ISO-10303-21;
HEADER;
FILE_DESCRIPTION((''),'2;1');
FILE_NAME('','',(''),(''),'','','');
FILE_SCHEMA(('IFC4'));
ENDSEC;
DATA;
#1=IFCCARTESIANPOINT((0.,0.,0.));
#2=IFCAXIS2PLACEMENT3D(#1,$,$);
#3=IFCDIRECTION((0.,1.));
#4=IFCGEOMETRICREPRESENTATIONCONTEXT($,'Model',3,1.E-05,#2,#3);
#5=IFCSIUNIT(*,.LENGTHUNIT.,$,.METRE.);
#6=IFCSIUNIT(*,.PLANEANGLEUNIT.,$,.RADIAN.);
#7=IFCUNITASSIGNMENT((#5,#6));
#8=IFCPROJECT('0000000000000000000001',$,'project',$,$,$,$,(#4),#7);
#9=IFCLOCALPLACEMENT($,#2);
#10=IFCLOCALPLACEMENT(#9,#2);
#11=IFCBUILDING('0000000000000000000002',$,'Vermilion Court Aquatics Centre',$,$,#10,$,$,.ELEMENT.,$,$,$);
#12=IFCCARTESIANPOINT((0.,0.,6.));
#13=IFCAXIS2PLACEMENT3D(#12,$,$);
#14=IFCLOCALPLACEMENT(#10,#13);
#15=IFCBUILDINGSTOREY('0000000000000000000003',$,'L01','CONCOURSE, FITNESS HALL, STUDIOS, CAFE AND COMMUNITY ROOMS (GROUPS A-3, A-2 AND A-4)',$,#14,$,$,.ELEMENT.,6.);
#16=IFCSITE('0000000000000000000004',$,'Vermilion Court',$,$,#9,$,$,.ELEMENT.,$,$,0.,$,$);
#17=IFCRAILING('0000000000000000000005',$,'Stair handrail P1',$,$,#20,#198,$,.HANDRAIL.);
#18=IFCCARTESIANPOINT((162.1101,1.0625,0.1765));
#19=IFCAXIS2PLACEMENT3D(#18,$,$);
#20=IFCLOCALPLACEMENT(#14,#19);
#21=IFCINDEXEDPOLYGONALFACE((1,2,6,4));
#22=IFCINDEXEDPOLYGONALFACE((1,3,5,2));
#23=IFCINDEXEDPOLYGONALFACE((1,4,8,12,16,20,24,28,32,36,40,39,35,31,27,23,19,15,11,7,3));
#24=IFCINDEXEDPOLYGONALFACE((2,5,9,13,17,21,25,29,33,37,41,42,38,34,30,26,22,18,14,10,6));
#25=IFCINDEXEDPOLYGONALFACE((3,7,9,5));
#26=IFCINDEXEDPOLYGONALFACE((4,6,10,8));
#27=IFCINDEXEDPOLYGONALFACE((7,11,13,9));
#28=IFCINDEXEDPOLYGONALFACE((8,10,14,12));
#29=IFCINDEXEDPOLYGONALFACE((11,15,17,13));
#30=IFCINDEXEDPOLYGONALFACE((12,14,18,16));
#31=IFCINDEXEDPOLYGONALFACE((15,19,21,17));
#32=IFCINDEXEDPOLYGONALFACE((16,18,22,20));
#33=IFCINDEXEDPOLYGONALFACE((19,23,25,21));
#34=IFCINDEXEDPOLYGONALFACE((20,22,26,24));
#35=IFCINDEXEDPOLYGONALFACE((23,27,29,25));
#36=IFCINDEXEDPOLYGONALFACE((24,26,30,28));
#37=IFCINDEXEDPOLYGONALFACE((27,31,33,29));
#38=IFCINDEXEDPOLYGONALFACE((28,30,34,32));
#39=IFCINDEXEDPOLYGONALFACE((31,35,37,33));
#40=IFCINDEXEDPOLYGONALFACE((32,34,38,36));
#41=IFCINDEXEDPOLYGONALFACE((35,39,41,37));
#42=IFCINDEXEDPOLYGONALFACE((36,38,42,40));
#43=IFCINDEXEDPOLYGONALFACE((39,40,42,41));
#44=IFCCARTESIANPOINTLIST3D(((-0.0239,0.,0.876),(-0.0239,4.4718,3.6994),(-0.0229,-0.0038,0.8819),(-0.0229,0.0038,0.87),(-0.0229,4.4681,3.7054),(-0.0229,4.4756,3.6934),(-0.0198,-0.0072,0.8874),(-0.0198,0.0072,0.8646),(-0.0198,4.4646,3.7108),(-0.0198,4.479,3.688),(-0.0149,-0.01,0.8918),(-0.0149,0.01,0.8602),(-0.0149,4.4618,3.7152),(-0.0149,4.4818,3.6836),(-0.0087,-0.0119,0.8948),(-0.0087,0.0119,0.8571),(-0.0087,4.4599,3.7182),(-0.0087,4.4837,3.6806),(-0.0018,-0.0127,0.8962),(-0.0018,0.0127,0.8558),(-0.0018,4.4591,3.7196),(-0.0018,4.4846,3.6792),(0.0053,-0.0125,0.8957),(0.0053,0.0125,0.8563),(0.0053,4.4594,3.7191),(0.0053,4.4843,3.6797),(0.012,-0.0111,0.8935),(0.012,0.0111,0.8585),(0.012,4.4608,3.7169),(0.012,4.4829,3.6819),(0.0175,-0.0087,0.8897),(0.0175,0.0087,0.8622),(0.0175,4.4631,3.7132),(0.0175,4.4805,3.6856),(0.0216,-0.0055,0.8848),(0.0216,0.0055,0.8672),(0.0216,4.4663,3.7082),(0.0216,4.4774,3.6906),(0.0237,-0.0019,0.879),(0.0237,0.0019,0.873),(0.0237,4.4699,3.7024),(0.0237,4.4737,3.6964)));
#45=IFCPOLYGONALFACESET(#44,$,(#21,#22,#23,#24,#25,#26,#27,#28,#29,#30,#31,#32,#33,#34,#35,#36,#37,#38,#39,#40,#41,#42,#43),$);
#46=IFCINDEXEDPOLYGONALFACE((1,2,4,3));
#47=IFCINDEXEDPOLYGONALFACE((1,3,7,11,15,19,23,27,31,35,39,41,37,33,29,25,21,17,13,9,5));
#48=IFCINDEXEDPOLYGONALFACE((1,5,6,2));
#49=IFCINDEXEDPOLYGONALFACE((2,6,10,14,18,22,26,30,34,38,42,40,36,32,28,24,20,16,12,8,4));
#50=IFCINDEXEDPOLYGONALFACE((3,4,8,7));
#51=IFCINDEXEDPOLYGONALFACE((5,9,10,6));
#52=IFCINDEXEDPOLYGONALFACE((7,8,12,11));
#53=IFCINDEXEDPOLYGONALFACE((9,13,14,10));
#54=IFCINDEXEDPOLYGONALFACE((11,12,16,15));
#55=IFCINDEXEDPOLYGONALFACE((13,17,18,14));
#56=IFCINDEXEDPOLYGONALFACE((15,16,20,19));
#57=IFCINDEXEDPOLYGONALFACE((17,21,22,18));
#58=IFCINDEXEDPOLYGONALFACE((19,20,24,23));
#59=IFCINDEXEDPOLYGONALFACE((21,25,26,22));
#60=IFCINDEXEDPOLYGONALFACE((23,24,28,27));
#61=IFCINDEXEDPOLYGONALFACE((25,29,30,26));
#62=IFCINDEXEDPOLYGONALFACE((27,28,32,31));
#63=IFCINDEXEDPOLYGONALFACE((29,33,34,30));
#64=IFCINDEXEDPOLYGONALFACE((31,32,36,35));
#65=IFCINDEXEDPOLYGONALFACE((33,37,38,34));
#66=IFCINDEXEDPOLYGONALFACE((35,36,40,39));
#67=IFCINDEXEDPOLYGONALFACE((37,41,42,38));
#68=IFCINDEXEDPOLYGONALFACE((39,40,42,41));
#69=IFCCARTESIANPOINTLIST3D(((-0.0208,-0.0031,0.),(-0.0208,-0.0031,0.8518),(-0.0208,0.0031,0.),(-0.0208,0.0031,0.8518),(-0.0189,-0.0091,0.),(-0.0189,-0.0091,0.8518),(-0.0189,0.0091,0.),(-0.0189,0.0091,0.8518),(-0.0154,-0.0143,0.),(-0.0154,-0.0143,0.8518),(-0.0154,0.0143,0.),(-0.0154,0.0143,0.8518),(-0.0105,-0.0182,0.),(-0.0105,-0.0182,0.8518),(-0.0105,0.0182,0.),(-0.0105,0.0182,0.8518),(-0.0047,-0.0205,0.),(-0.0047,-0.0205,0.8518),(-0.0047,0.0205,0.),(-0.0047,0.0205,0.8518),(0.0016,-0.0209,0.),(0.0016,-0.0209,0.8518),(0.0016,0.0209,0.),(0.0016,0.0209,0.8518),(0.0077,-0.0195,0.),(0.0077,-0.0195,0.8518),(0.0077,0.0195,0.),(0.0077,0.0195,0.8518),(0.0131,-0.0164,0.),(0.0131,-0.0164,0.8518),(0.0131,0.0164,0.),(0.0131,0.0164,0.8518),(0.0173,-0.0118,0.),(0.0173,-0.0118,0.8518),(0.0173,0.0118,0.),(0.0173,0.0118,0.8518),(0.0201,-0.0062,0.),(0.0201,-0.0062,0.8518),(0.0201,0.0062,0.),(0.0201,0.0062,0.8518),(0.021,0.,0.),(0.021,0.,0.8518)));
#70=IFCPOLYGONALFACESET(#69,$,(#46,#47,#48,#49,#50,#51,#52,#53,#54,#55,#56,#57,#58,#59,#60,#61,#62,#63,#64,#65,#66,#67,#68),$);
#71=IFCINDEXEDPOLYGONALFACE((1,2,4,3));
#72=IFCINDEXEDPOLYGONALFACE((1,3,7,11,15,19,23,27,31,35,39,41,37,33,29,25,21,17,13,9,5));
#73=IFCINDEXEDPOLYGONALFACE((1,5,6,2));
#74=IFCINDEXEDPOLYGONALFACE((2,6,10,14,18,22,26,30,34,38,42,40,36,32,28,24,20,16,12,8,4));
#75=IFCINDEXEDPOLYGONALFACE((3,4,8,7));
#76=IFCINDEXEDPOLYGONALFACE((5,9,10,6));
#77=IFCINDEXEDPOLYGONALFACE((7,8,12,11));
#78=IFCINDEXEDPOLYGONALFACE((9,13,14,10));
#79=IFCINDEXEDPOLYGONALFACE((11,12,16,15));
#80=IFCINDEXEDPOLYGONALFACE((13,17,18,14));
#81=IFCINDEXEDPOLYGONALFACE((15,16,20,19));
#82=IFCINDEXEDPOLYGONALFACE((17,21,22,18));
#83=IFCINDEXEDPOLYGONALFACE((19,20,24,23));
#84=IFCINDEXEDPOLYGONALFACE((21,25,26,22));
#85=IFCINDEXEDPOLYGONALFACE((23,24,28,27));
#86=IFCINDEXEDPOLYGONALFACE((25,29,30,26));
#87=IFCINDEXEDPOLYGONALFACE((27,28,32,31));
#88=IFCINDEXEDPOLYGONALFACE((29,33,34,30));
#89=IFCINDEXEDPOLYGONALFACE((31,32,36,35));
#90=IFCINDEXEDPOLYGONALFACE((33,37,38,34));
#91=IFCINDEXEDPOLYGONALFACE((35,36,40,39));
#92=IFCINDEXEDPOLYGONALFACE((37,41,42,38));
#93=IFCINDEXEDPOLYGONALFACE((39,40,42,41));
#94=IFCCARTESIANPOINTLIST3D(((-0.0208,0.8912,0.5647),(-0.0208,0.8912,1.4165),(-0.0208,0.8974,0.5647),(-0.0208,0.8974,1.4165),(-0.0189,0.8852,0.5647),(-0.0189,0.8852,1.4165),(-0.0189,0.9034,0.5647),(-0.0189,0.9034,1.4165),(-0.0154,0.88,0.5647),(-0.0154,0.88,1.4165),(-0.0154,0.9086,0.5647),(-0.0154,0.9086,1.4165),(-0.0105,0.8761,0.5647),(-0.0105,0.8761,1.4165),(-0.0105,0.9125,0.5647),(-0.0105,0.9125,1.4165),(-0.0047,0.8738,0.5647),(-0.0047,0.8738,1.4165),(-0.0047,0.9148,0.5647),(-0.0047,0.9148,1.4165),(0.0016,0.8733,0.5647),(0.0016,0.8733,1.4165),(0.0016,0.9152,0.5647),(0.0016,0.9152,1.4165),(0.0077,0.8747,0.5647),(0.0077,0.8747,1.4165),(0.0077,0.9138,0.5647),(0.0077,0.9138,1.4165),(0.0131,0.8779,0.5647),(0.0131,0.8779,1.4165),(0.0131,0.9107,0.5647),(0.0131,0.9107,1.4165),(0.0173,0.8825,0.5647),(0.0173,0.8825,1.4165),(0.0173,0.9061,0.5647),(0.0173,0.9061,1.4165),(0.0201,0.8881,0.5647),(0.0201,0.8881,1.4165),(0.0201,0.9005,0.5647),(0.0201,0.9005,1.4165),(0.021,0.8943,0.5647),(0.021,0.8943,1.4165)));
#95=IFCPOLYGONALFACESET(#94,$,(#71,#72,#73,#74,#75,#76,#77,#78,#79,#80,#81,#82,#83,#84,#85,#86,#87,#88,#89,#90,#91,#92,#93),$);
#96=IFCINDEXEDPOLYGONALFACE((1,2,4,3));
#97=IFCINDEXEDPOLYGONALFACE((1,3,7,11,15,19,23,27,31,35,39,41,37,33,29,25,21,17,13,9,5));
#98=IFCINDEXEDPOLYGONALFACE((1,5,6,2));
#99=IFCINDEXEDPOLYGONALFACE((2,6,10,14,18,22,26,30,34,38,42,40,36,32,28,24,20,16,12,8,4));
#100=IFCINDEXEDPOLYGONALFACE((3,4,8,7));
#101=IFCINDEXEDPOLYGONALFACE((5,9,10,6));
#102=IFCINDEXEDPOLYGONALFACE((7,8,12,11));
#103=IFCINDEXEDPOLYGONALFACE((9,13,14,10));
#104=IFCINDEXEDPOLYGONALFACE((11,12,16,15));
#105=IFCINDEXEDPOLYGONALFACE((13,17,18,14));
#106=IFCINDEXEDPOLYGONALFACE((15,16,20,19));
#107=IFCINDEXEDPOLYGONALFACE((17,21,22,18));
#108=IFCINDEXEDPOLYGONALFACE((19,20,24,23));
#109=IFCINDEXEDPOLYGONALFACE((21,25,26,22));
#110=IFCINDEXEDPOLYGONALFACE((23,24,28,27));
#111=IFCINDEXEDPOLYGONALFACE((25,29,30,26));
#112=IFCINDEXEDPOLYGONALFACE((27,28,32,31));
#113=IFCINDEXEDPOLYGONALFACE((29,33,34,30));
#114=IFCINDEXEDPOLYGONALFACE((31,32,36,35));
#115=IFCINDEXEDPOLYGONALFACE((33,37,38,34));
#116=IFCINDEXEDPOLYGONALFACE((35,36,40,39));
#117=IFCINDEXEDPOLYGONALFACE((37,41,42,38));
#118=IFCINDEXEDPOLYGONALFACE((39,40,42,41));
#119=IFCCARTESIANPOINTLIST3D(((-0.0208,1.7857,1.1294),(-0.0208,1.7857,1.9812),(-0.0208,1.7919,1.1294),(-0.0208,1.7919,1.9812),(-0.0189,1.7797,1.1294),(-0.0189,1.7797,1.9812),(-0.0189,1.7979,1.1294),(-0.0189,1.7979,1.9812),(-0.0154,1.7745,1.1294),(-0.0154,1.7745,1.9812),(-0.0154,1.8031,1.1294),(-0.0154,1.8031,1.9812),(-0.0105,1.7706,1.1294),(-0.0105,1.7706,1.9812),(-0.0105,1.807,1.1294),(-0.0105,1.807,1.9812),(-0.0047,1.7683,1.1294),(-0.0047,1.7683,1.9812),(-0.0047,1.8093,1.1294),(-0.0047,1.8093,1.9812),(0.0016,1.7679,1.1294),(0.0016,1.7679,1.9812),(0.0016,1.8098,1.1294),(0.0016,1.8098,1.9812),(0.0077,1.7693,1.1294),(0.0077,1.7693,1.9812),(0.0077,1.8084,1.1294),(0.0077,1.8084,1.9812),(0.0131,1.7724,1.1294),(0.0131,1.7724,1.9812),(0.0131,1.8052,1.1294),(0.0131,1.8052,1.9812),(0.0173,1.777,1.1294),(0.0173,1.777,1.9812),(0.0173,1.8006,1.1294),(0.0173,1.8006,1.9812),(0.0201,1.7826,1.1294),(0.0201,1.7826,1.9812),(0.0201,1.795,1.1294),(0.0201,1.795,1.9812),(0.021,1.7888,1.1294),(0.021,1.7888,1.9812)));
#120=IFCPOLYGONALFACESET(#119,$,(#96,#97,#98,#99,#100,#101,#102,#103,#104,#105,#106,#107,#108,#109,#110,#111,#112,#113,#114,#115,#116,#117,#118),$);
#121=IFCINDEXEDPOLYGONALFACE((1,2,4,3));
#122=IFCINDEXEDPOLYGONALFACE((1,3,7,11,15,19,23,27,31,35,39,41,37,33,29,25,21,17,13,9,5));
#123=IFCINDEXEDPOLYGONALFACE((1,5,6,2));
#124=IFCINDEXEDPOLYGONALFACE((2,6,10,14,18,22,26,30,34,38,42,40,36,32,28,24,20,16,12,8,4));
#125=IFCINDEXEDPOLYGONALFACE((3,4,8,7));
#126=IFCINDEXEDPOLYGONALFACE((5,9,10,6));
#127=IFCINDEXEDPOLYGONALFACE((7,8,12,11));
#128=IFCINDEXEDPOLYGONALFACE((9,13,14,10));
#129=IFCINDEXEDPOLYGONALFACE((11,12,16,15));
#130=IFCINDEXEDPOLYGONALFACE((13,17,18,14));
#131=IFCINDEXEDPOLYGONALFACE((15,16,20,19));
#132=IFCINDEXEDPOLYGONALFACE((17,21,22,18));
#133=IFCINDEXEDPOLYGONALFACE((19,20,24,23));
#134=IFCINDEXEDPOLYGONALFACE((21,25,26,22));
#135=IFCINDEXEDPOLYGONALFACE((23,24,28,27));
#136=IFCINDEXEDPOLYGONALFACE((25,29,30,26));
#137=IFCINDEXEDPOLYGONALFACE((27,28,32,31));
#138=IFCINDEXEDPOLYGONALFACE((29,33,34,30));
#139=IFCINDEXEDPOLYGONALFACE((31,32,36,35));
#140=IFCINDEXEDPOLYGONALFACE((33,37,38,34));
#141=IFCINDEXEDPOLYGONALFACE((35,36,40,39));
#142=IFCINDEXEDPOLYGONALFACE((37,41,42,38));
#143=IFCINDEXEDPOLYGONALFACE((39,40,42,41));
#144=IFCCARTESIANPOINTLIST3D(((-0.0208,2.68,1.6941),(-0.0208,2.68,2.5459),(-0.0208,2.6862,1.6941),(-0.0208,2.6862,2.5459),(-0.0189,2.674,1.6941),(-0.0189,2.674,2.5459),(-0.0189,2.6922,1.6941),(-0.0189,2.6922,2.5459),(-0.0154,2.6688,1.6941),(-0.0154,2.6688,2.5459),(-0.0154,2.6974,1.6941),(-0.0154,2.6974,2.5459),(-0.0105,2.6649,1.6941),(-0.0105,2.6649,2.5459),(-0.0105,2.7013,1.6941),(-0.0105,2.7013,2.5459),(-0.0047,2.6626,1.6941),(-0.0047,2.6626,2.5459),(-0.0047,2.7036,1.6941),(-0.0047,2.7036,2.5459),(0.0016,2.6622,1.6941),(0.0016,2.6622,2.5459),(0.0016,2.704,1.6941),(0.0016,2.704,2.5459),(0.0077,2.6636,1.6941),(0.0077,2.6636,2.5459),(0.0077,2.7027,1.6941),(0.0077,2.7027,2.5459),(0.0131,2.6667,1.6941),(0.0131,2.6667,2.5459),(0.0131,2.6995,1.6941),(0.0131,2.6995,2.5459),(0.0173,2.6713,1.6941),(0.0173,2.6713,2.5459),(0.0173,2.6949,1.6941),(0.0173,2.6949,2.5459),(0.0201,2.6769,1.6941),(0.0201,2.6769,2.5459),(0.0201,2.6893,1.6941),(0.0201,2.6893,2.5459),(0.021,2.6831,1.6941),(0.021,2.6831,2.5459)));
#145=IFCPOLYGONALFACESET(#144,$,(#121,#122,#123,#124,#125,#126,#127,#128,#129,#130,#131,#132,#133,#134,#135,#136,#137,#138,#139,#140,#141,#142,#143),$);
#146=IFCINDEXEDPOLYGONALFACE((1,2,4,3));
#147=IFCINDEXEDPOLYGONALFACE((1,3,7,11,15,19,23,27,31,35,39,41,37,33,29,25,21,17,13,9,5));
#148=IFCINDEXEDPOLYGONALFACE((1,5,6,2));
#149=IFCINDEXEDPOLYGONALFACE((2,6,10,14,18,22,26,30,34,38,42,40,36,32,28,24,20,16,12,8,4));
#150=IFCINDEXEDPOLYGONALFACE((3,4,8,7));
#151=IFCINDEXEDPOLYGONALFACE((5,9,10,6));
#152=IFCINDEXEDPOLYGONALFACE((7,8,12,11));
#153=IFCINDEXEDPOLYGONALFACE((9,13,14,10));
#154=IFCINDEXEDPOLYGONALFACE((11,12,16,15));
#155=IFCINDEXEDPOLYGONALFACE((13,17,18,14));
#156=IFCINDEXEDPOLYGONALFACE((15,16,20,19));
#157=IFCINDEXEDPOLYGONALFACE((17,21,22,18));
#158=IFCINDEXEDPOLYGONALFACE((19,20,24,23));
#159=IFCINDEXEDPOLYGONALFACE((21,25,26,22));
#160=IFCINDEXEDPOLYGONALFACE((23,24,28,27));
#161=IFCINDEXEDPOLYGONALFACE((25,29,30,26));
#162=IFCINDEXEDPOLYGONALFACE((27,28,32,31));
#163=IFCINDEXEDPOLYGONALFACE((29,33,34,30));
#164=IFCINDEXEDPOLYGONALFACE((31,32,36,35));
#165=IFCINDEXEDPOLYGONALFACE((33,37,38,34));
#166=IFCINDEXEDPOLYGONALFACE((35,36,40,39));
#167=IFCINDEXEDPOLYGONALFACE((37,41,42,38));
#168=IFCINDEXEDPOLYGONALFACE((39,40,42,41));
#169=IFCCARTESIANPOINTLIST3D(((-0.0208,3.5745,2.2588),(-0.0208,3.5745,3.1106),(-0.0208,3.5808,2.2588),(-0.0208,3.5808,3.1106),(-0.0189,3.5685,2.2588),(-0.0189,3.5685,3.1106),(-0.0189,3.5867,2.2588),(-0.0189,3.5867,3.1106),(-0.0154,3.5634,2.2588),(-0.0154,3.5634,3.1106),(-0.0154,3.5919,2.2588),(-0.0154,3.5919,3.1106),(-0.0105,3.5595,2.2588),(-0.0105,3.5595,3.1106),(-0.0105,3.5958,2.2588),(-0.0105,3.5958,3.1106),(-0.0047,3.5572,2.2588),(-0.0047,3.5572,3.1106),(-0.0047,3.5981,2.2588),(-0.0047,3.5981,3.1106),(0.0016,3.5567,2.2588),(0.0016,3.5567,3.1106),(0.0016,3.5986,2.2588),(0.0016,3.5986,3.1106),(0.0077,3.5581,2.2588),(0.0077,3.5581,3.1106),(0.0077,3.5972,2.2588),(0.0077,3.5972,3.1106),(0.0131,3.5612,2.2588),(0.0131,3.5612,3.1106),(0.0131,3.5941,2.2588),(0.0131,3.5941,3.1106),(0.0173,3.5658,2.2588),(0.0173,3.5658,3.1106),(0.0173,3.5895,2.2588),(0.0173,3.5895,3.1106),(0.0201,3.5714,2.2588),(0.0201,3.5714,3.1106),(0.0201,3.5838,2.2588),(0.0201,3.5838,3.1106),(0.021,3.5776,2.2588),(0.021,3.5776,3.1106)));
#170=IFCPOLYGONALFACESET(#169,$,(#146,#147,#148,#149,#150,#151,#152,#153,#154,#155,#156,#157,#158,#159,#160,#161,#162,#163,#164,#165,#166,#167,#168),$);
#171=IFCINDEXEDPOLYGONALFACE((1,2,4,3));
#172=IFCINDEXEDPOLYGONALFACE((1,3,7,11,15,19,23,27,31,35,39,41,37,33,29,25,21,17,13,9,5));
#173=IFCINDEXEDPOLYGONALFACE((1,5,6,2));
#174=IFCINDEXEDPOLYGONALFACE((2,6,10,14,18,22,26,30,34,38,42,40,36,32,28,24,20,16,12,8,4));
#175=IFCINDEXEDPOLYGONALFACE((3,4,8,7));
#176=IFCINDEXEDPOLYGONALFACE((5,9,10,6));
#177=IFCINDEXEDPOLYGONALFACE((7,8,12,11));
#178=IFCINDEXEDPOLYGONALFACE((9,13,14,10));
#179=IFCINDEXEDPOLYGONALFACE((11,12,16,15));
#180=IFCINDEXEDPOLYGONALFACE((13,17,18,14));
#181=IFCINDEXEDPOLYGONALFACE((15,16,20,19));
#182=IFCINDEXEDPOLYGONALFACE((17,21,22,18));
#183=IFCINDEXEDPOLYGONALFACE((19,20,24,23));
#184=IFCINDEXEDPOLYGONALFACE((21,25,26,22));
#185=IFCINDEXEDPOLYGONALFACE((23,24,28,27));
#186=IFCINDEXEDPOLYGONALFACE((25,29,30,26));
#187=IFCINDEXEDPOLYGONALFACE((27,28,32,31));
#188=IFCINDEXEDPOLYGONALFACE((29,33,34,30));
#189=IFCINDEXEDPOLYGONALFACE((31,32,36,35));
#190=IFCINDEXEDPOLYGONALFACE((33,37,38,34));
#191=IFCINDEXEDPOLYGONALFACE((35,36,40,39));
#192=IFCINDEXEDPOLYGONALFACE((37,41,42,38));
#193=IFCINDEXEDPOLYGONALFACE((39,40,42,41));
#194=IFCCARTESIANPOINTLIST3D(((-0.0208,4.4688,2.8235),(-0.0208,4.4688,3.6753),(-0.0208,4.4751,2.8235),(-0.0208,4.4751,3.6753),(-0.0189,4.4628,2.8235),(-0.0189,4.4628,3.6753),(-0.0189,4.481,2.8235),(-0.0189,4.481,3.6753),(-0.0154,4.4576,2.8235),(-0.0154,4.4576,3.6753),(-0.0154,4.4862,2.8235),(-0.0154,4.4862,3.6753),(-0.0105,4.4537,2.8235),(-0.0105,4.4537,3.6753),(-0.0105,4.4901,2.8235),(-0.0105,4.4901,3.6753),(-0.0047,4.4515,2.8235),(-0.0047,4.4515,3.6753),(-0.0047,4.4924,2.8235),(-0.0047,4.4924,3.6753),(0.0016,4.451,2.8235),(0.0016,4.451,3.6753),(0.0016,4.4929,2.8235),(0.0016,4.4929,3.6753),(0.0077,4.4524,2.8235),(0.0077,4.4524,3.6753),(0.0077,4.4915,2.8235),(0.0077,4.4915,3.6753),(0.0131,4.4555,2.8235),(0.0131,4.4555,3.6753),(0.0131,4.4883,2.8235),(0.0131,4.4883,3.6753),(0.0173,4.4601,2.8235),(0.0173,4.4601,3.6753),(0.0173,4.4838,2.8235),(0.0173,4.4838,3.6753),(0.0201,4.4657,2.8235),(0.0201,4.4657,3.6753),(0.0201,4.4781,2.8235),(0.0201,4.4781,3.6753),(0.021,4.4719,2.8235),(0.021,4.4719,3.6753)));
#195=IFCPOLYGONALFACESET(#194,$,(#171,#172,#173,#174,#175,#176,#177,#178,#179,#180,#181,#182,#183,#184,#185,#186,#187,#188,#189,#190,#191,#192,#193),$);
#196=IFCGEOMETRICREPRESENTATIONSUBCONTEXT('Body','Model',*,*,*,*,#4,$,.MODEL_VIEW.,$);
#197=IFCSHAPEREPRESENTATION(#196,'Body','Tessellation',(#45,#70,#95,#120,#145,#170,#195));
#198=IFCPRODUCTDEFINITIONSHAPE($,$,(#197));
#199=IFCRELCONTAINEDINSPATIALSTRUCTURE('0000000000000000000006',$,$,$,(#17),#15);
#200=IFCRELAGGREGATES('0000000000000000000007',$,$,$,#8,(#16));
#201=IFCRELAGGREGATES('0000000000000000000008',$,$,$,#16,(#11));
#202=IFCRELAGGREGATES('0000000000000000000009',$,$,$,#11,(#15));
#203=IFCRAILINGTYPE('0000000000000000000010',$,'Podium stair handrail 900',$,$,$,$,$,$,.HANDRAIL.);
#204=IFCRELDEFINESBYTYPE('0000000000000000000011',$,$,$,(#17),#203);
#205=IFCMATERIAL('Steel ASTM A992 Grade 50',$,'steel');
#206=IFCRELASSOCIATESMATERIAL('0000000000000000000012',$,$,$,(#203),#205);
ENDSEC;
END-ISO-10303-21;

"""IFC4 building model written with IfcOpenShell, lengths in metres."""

from ifc_helpers import new_model, si_unit, direction, frame, origin, origin_2d, place, context, subcontext, project, spatial, circle, extrude, material, type_object, element, save


model = new_model("IFC4")

# Units and contexts
model_context = context("Model", 3, precision=1e-05, world=origin(), true_north=direction((0.0, 1.0)))
body_context = subcontext(model_context, "Body", "Model", "MODEL_VIEW")
ifc_project = project(units=[si_unit("LENGTHUNIT", "METRE"), si_unit("PLANEANGLEUNIT", "RADIAN")], contexts=[model_context])

# Site, building, storey
site_placement = place(None, origin())
site = spatial("IfcSite", under=ifc_project, at=site_placement, Name="Vermilion Court", CompositionType="ELEMENT", RefElevation=0.0)
building_placement = place(site_placement, origin())
building = spatial("IfcBuilding", under=site, at=building_placement, Name="Vermilion Court Aquatics Centre", CompositionType="ELEMENT")
storey_placement = place(building_placement, frame((0.0, 0.0, 6.0)))
storey = spatial("IfcBuildingStorey", under=building, at=storey_placement, Name="L01", Description="CONCOURSE, FITNESS HALL, STUDIOS, CAFE AND COMMUNITY ROOMS (GROUPS A-3, A-2 AND A-4)", CompositionType="ELEMENT", Elevation=6.0)

# Railing
ifc_material_1 = material(Name="Steel ASTM A992 Grade 50", Category="steel")
railing_type_1 = type_object("IfcRailingType", Name="Podium stair handrail 900", PredefinedType="HANDRAIL", material=ifc_material_1)
for number, where, name in (
    (1, (162.1101, 1.0625, 0.1765), "Stair handrail P1"),
):
    element("IfcRailing", number, at=place(storey_placement, frame(where)), inside=storey, type_object=railing_type_1, Name=name, PredefinedType="HANDRAIL", context=body_context, shape_type="SweptSolid", body=[
        extrude(circle(Radius=0.0239, at=origin_2d()), frame((0.0, 0.0, 0.876), z_axis=(0.0, 0.845565, 0.533873), x_axis=(-1.0, 0.0, 0.0)), (0.0, 0.0, 1.0), 5.2886),
        extrude(circle(Radius=0.021, at=origin_2d()), origin(), (0.0, 0.0, 1.0), 0.8518),
        extrude(circle(Radius=0.021, at=origin_2d()), frame((0.0, 0.8943, 0.5647)), (0.0, 0.0, 1.0), 0.8518),
        extrude(circle(Radius=0.021, at=origin_2d()), frame((0.0, 1.7888, 1.1294)), (0.0, 0.0, 1.0), 0.8518),
        extrude(circle(Radius=0.021, at=origin_2d()), frame((0.0, 2.6831, 1.6941)), (0.0, 0.0, 1.0), 0.8518),
        extrude(circle(Radius=0.021, at=origin_2d()), frame((0.0, 3.5776, 2.2588)), (0.0, 0.0, 1.0), 0.8518),
        extrude(circle(Radius=0.021, at=origin_2d()), frame((0.0, 4.4719, 2.8235)), (0.0, 0.0, 1.0), 0.8518),
    ])

save(model, "model.ifc")
